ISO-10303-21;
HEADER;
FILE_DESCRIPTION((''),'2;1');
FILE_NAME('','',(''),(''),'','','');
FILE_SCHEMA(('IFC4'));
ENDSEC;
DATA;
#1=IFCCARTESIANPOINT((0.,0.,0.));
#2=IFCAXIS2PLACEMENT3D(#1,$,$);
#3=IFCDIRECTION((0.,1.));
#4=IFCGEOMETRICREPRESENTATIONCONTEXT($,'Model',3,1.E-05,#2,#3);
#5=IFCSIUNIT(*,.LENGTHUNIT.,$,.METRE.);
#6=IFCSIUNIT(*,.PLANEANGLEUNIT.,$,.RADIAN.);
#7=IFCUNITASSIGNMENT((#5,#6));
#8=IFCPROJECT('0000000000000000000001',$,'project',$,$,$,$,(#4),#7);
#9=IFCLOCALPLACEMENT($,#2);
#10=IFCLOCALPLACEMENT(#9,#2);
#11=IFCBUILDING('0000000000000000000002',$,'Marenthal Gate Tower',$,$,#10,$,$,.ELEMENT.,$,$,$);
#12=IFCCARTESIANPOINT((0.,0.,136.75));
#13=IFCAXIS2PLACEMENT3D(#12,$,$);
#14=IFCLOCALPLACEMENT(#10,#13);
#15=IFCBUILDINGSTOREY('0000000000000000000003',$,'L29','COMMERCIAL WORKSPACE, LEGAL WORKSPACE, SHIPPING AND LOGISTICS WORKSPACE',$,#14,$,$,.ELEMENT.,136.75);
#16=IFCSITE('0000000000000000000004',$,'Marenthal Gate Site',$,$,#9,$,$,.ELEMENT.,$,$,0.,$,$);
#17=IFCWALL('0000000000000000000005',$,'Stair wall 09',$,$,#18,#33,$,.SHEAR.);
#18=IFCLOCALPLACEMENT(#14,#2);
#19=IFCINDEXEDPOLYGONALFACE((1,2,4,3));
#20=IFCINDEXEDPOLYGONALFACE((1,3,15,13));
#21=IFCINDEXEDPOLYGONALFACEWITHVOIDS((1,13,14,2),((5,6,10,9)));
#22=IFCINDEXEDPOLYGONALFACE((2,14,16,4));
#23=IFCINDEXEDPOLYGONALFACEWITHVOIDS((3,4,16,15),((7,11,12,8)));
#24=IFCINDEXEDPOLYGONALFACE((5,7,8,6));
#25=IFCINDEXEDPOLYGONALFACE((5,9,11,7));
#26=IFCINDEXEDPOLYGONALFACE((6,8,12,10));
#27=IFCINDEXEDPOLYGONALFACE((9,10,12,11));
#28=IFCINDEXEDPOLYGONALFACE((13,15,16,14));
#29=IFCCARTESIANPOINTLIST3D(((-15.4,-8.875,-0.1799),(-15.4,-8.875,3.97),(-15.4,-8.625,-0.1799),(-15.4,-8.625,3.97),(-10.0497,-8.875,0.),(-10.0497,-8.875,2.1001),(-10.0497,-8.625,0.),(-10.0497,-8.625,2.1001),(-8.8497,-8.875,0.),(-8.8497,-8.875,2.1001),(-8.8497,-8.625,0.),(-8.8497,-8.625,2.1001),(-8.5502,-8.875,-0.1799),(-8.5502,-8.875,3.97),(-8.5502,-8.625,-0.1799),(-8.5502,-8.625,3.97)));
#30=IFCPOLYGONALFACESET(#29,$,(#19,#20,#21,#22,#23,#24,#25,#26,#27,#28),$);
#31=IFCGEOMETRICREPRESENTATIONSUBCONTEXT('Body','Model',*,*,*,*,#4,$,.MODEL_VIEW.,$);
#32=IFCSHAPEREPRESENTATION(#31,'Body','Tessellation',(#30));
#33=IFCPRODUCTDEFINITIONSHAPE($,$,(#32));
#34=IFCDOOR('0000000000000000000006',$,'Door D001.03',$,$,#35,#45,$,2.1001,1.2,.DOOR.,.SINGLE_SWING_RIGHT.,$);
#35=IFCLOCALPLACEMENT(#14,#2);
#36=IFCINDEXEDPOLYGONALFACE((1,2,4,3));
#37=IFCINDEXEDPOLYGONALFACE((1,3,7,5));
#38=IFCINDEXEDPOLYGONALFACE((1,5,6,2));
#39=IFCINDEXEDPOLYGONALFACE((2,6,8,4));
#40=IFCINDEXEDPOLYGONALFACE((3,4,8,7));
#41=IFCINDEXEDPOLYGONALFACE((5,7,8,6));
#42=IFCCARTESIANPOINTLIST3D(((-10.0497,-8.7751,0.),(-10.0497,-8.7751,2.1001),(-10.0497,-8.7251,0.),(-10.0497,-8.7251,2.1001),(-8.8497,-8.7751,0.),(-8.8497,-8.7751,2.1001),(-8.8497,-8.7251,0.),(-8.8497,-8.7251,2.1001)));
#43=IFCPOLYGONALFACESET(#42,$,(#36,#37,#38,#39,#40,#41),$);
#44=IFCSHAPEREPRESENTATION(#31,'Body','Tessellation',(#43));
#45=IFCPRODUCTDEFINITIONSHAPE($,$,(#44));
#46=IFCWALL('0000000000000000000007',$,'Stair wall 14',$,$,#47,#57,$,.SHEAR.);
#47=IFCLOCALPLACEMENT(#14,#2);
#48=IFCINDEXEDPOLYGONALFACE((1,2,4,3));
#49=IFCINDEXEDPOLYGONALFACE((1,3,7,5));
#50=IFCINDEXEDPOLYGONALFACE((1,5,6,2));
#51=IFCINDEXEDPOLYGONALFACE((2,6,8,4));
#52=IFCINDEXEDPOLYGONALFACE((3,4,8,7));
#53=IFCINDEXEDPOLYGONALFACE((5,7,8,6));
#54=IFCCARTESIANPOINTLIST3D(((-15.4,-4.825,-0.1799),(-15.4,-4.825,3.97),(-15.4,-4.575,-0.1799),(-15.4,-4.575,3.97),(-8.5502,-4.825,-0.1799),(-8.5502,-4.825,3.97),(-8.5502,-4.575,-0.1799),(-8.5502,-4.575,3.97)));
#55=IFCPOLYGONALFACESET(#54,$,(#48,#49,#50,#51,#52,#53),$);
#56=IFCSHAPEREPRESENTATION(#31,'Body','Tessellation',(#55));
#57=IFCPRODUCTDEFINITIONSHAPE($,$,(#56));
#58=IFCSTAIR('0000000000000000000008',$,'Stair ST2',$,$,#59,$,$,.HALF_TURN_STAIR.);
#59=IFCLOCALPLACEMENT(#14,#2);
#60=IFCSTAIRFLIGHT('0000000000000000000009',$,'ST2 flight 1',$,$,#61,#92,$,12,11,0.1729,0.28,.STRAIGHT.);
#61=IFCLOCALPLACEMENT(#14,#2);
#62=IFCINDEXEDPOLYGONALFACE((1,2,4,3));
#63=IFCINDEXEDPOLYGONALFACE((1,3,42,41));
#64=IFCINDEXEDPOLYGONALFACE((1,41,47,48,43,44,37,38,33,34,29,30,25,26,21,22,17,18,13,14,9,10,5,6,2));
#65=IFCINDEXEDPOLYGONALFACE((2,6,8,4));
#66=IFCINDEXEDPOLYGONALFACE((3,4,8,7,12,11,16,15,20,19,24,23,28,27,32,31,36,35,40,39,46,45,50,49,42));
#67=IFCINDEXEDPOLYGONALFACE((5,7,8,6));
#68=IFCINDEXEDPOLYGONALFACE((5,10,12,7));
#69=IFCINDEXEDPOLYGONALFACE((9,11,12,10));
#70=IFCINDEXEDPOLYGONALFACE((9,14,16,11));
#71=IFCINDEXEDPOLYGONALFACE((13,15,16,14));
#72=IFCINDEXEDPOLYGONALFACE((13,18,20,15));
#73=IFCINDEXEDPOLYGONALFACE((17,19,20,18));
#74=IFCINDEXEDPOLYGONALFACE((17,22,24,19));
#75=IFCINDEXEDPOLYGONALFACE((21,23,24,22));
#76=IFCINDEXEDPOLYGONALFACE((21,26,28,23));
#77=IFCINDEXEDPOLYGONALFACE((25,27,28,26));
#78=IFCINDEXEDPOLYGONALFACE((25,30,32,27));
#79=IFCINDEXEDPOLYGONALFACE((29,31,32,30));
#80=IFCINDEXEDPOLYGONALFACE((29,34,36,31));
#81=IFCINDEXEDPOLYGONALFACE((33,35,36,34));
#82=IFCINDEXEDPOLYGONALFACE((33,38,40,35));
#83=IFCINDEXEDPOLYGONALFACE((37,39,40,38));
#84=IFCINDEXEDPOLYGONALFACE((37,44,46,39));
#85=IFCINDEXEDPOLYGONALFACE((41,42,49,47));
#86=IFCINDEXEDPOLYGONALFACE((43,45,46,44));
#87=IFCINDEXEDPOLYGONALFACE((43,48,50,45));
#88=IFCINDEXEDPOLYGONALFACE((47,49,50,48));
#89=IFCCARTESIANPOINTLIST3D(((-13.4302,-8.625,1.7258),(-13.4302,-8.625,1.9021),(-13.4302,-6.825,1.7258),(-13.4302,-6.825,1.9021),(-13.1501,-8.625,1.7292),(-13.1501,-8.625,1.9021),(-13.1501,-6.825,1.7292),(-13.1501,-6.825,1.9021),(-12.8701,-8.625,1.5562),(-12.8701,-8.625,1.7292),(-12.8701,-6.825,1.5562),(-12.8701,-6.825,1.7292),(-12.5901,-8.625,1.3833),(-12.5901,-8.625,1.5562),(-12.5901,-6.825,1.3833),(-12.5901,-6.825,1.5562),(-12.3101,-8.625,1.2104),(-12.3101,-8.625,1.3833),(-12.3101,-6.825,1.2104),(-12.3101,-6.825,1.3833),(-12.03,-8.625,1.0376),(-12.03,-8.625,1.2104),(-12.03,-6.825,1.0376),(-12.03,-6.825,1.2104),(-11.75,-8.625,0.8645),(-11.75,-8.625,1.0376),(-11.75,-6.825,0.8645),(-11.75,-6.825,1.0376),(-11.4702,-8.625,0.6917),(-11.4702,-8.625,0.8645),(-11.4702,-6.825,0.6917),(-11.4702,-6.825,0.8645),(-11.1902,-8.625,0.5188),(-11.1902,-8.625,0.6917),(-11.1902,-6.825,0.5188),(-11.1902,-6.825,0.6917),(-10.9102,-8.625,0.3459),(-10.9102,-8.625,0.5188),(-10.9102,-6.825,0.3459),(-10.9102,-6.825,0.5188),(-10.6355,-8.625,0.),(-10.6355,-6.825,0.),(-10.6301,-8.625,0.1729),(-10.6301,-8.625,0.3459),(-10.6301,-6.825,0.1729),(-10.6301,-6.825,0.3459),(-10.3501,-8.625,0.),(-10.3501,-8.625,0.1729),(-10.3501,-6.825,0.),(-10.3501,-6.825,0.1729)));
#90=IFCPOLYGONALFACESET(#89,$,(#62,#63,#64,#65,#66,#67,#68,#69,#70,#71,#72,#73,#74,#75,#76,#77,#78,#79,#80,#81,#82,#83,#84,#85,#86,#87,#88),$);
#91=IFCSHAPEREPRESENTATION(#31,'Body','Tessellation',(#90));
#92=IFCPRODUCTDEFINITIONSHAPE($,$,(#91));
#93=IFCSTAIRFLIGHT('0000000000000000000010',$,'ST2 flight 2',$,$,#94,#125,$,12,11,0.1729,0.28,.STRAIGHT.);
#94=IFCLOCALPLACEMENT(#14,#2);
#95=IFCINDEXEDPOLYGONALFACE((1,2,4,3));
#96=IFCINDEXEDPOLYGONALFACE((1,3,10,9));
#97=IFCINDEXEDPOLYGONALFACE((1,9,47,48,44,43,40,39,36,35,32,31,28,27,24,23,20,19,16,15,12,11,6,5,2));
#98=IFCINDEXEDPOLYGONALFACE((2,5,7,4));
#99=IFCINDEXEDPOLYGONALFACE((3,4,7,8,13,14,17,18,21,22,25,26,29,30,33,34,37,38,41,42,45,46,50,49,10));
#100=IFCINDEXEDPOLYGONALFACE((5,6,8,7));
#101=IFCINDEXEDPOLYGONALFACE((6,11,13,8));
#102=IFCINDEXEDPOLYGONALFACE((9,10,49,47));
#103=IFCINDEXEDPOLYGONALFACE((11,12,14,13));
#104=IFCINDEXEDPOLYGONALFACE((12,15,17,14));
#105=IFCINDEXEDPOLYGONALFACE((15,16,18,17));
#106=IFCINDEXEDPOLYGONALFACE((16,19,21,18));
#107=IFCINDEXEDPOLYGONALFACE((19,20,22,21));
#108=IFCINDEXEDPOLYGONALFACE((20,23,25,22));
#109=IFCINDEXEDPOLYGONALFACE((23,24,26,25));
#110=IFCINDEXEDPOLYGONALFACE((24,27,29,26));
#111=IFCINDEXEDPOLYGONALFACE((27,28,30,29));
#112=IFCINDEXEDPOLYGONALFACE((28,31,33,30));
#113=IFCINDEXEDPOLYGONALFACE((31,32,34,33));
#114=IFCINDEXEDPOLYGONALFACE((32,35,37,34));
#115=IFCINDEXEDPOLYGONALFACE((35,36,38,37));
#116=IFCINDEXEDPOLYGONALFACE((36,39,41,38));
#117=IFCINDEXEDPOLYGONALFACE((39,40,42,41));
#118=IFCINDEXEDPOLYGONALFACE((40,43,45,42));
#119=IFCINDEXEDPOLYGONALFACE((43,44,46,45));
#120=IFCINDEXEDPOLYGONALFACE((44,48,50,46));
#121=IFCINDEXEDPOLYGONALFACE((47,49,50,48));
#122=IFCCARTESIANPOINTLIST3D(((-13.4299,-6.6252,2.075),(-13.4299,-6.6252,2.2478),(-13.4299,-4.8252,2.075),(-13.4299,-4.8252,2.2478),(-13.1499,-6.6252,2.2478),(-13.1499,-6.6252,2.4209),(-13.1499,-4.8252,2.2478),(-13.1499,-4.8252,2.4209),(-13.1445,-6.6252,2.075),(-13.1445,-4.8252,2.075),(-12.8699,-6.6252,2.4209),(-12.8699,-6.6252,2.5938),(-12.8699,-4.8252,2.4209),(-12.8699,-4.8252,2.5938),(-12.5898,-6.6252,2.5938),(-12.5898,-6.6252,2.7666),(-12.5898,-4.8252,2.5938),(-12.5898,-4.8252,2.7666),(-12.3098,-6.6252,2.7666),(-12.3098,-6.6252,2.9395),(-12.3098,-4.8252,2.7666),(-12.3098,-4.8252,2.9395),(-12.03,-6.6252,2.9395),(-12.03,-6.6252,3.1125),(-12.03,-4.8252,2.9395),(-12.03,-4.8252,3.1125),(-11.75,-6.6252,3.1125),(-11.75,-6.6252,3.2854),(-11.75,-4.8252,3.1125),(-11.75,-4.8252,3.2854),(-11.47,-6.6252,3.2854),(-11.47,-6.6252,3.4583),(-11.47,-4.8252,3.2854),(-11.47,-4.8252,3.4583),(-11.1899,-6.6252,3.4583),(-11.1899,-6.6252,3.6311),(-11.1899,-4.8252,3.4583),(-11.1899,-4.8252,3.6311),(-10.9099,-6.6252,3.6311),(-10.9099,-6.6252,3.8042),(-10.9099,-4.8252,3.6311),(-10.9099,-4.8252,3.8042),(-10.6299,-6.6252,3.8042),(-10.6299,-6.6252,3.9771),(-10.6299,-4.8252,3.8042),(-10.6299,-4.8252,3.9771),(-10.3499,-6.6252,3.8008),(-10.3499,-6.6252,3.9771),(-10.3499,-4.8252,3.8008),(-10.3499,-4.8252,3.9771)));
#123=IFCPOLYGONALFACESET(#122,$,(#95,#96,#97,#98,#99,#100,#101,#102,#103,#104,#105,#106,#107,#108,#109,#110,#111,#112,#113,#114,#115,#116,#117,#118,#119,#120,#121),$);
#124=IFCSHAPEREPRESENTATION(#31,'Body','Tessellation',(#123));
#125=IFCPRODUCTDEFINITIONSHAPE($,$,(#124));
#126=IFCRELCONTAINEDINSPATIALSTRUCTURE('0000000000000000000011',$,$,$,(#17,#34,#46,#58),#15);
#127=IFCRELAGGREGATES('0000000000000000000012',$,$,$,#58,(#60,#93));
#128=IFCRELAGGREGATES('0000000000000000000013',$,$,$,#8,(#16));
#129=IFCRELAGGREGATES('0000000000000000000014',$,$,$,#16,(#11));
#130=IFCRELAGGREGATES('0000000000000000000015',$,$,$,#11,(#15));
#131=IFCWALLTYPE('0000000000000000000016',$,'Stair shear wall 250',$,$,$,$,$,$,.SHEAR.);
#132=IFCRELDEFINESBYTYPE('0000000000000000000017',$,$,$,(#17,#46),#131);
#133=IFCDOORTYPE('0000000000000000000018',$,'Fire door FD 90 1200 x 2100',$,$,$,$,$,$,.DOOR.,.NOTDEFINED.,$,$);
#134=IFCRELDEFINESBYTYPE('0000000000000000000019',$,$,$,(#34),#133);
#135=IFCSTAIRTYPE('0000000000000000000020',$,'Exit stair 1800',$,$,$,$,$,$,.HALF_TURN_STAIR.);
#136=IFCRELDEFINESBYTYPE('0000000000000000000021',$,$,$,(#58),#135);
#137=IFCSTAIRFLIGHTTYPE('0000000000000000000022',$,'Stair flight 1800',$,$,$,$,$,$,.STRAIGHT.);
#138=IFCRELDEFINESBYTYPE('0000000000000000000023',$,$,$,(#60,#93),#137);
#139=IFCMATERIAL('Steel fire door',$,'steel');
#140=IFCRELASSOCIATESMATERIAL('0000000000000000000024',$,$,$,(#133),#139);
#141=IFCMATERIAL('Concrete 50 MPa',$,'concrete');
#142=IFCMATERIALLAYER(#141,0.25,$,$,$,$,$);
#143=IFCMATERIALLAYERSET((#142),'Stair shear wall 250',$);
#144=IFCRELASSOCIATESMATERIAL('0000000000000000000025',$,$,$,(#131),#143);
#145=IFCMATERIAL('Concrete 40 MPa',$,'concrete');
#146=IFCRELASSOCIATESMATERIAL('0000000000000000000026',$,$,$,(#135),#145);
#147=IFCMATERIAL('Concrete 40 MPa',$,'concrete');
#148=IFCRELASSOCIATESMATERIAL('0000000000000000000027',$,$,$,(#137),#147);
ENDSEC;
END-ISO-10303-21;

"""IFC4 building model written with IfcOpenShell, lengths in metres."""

from ifc_helpers import new_model, si_unit, direction, frame, frame_2d, origin, place, context, subcontext, project, spatial, polyline, rectangle, outline, extrude, material, layer, layer_set, type_object, element, fill, aggregate, save


model = new_model("IFC4")

# Units and contexts
model_context = context("Model", 3, precision=1e-05, world=origin(), true_north=direction((0.0, 1.0)))
body_context = subcontext(model_context, "Body", "Model", "MODEL_VIEW")
ifc_project = project(units=[si_unit("LENGTHUNIT", "METRE"), si_unit("PLANEANGLEUNIT", "RADIAN")], contexts=[model_context])

# Site, building, storey
site_placement = place(None, origin())
site = spatial("IfcSite", under=ifc_project, at=site_placement, Name="Marenthal Gate Site", CompositionType="ELEMENT", RefElevation=0.0)
building_placement = place(site_placement, origin())
building = spatial("IfcBuilding", under=site, at=building_placement, Name="Marenthal Gate Tower", CompositionType="ELEMENT")
storey_placement = place(building_placement, frame((0.0, 0.0, 136.75)))
storey = spatial("IfcBuildingStorey", under=building, at=storey_placement, Name="L29", Description="COMMERCIAL WORKSPACE, LEGAL WORKSPACE, SHIPPING AND LOGISTICS WORKSPACE", CompositionType="ELEMENT", Elevation=136.75)

# Shared definitions
ifc_material_1 = material(Name="Steel fire door", Category="steel")
door_type_1 = type_object("IfcDoorType", Name="Fire door FD 90 1200 x 2100", OperationType="NOTDEFINED", PredefinedType="DOOR", material=ifc_material_1)

# Wall, opening, door
ifc_material_2 = material(Name="Concrete 50 MPa", Category="concrete")
ifc_layer_1 = layer(ifc_material_2, 0.25)
ifc_layer_set_1 = layer_set([ifc_layer_1], Name="Stair shear wall 250")
wall_type_1 = type_object("IfcWallType", Name="Stair shear wall 250", PredefinedType="SHEAR", material=ifc_layer_set_1)
wall_1_placement = place(storey_placement, frame((-15.3999, -8.75, -0.1799), z_axis=(0.0, 0.0, 1.0), x_axis=(1.0, 0.0, 0.0)))
wall_1 = element("IfcWall", 1, at=wall_1_placement, inside=storey, type_object=wall_type_1, Name="Stair wall 09", PredefinedType="SHEAR", context=body_context, shape_type="SweptSolid", body=[
    extrude(rectangle(XDim=6.8499, YDim=0.25, at=frame_2d((3.4248, 0.0))), origin(), (0.0, 0.0, 1.0), 4.1499),
])
opening_1_placement = place(wall_1_placement, frame((5.3501, 0.0, 0.1799)))
opening_1 = element("IfcOpeningElement", 2, at=opening_1_placement, cuts=wall_1, PredefinedType="OPENING", context=body_context, shape_type="SweptSolid", body=[
    extrude(rectangle(XDim=1.2, YDim=2.1001, at=frame_2d((0.6001, 1.05))), frame((0.0, 0.135, 0.0), z_axis=(0.0, -1.0, 0.0), x_axis=(1.0, 0.0, 0.0)), (0.0, 0.0, 1.0), 0.27),
])
door_1_placement = place(opening_1_placement, origin())
door_1 = element("IfcDoor", 3, at=door_1_placement, inside=storey, type_object=door_type_1, Name="Door D001.03", OperationType="SINGLE_SWING_RIGHT", OverallHeight=2.1001, OverallWidth=1.2, PredefinedType="DOOR", context=body_context, shape_type="SweptSolid", body=[
    extrude(rectangle(XDim=1.2, YDim=2.1001, at=frame_2d((0.6001, 1.05))), frame((0.0, 0.0249, 0.0), z_axis=(0.0, -1.0, 0.0), x_axis=(1.0, 0.0, 0.0)), (0.0, 0.0, 1.0), 0.05),
])
fill(opening_1, door_1)

# Wall
wall_2_placement = place(storey_placement, frame((-15.3999, -4.7, -0.1799), z_axis=(0.0, 0.0, 1.0), x_axis=(1.0, 0.0, 0.0)))
element("IfcWall", 4, at=wall_2_placement, inside=storey, type_object=wall_type_1, Name="Stair wall 14", PredefinedType="SHEAR", context=body_context, shape_type="SweptSolid", body=[
    extrude(rectangle(XDim=6.8499, YDim=0.25, at=frame_2d((3.4248, 0.0))), origin(), (0.0, 0.0, 1.0), 4.1499),
])

# Stair, stair flights
ifc_material_3 = material(Name="Concrete 40 MPa", Category="concrete")
stair_type = type_object("IfcStairType", Name="Exit stair 1800", PredefinedType="HALF_TURN_STAIR", material=ifc_material_3)
stair_placement = place(storey_placement, origin())
stair = element("IfcStair", 5, at=stair_placement, inside=storey, type_object=stair_type, Name="Stair ST2", PredefinedType="HALF_TURN_STAIR")
ifc_material_4 = material(Name="Concrete 40 MPa", Category="concrete")
stair_flight_type = type_object("IfcStairFlightType", Name="Stair flight 1800", PredefinedType="STRAIGHT", material=ifc_material_4)
stair_flight_1_placement = place(storey_placement, frame((-10.3501, -7.7251, 0.0), z_axis=(0.0, 0.0, 1.0), x_axis=(-1.0, 0.0, 0.0)))
stair_flight_1 = element("IfcStairFlight", 6, at=stair_flight_1_placement, type_object=stair_flight_type, Name="ST2 flight 1", NumberOfRisers=12, NumberOfTreads=11, PredefinedType="STRAIGHT", RiserHeight=0.1729, TreadLength=0.28, context=body_context, shape_type="SweptSolid", body=[
    extrude(outline(polyline([(0.0, 0.0), (0.0, 0.1729), (0.28, 0.1729), (0.28, 0.3459), (0.5601, 0.3459), (0.5601, 0.5188), (0.8401, 0.5188), (0.8401, 0.6917), (1.1201, 0.6917), (1.1201, 0.8645), (1.3999, 0.8645), (1.3999, 1.0376), (1.6799, 1.0376), (1.6799, 1.2104), (1.96, 1.2104), (1.96, 1.3833), (2.24, 1.3833), (2.24, 1.5562), (2.52, 1.5562), (2.52, 1.7292), (2.8, 1.7292), (2.8, 1.9021), (3.0801, 1.9021), (3.0801, 2.075), (3.0801, 1.7258), (0.2854, 0.0), (0.0, 0.0)])), frame((0.0, 0.8999, 0.0), z_axis=(0.0, -1.0, 0.0), x_axis=(1.0, 0.0, 0.0)), (0.0, 0.0, 1.0), 1.8),
])
stair_flight_2_placement = place(storey_placement, frame((-13.4299, -5.7251, 2.075), z_axis=(0.0, 0.0, 1.0), x_axis=(1.0, 0.0, 0.0)))
stair_flight_2 = element("IfcStairFlight", 7, at=stair_flight_2_placement, type_object=stair_flight_type, Name="ST2 flight 2", NumberOfRisers=12, NumberOfTreads=11, PredefinedType="STRAIGHT", RiserHeight=0.1729, TreadLength=0.28, context=body_context, shape_type="SweptSolid", body=[
    extrude(outline(polyline([(0.0, 0.0), (0.0, 0.1729), (0.28, 0.1729), (0.28, 0.3459), (0.5601, 0.3459), (0.5601, 0.5188), (0.8401, 0.5188), (0.8401, 0.6917), (1.1201, 0.6917), (1.1201, 0.8645), (1.3999, 0.8645), (1.3999, 1.0376), (1.6799, 1.0376), (1.6799, 1.2104), (1.96, 1.2104), (1.96, 1.3833), (2.24, 1.3833), (2.24, 1.5562), (2.52, 1.5562), (2.52, 1.7292), (2.8, 1.7292), (2.8, 1.9021), (3.0801, 1.9021), (3.0801, 2.075), (3.0801, 1.7258), (0.2854, 0.0), (0.0, 0.0)])), frame((0.0, 0.8999, 0.0), z_axis=(0.0, -1.0, 0.0), x_axis=(1.0, 0.0, 0.0)), (0.0, 0.0, 1.0), 1.8),
])
aggregate(stair, [stair_flight_1, stair_flight_2])

save(model, "model.ifc")
